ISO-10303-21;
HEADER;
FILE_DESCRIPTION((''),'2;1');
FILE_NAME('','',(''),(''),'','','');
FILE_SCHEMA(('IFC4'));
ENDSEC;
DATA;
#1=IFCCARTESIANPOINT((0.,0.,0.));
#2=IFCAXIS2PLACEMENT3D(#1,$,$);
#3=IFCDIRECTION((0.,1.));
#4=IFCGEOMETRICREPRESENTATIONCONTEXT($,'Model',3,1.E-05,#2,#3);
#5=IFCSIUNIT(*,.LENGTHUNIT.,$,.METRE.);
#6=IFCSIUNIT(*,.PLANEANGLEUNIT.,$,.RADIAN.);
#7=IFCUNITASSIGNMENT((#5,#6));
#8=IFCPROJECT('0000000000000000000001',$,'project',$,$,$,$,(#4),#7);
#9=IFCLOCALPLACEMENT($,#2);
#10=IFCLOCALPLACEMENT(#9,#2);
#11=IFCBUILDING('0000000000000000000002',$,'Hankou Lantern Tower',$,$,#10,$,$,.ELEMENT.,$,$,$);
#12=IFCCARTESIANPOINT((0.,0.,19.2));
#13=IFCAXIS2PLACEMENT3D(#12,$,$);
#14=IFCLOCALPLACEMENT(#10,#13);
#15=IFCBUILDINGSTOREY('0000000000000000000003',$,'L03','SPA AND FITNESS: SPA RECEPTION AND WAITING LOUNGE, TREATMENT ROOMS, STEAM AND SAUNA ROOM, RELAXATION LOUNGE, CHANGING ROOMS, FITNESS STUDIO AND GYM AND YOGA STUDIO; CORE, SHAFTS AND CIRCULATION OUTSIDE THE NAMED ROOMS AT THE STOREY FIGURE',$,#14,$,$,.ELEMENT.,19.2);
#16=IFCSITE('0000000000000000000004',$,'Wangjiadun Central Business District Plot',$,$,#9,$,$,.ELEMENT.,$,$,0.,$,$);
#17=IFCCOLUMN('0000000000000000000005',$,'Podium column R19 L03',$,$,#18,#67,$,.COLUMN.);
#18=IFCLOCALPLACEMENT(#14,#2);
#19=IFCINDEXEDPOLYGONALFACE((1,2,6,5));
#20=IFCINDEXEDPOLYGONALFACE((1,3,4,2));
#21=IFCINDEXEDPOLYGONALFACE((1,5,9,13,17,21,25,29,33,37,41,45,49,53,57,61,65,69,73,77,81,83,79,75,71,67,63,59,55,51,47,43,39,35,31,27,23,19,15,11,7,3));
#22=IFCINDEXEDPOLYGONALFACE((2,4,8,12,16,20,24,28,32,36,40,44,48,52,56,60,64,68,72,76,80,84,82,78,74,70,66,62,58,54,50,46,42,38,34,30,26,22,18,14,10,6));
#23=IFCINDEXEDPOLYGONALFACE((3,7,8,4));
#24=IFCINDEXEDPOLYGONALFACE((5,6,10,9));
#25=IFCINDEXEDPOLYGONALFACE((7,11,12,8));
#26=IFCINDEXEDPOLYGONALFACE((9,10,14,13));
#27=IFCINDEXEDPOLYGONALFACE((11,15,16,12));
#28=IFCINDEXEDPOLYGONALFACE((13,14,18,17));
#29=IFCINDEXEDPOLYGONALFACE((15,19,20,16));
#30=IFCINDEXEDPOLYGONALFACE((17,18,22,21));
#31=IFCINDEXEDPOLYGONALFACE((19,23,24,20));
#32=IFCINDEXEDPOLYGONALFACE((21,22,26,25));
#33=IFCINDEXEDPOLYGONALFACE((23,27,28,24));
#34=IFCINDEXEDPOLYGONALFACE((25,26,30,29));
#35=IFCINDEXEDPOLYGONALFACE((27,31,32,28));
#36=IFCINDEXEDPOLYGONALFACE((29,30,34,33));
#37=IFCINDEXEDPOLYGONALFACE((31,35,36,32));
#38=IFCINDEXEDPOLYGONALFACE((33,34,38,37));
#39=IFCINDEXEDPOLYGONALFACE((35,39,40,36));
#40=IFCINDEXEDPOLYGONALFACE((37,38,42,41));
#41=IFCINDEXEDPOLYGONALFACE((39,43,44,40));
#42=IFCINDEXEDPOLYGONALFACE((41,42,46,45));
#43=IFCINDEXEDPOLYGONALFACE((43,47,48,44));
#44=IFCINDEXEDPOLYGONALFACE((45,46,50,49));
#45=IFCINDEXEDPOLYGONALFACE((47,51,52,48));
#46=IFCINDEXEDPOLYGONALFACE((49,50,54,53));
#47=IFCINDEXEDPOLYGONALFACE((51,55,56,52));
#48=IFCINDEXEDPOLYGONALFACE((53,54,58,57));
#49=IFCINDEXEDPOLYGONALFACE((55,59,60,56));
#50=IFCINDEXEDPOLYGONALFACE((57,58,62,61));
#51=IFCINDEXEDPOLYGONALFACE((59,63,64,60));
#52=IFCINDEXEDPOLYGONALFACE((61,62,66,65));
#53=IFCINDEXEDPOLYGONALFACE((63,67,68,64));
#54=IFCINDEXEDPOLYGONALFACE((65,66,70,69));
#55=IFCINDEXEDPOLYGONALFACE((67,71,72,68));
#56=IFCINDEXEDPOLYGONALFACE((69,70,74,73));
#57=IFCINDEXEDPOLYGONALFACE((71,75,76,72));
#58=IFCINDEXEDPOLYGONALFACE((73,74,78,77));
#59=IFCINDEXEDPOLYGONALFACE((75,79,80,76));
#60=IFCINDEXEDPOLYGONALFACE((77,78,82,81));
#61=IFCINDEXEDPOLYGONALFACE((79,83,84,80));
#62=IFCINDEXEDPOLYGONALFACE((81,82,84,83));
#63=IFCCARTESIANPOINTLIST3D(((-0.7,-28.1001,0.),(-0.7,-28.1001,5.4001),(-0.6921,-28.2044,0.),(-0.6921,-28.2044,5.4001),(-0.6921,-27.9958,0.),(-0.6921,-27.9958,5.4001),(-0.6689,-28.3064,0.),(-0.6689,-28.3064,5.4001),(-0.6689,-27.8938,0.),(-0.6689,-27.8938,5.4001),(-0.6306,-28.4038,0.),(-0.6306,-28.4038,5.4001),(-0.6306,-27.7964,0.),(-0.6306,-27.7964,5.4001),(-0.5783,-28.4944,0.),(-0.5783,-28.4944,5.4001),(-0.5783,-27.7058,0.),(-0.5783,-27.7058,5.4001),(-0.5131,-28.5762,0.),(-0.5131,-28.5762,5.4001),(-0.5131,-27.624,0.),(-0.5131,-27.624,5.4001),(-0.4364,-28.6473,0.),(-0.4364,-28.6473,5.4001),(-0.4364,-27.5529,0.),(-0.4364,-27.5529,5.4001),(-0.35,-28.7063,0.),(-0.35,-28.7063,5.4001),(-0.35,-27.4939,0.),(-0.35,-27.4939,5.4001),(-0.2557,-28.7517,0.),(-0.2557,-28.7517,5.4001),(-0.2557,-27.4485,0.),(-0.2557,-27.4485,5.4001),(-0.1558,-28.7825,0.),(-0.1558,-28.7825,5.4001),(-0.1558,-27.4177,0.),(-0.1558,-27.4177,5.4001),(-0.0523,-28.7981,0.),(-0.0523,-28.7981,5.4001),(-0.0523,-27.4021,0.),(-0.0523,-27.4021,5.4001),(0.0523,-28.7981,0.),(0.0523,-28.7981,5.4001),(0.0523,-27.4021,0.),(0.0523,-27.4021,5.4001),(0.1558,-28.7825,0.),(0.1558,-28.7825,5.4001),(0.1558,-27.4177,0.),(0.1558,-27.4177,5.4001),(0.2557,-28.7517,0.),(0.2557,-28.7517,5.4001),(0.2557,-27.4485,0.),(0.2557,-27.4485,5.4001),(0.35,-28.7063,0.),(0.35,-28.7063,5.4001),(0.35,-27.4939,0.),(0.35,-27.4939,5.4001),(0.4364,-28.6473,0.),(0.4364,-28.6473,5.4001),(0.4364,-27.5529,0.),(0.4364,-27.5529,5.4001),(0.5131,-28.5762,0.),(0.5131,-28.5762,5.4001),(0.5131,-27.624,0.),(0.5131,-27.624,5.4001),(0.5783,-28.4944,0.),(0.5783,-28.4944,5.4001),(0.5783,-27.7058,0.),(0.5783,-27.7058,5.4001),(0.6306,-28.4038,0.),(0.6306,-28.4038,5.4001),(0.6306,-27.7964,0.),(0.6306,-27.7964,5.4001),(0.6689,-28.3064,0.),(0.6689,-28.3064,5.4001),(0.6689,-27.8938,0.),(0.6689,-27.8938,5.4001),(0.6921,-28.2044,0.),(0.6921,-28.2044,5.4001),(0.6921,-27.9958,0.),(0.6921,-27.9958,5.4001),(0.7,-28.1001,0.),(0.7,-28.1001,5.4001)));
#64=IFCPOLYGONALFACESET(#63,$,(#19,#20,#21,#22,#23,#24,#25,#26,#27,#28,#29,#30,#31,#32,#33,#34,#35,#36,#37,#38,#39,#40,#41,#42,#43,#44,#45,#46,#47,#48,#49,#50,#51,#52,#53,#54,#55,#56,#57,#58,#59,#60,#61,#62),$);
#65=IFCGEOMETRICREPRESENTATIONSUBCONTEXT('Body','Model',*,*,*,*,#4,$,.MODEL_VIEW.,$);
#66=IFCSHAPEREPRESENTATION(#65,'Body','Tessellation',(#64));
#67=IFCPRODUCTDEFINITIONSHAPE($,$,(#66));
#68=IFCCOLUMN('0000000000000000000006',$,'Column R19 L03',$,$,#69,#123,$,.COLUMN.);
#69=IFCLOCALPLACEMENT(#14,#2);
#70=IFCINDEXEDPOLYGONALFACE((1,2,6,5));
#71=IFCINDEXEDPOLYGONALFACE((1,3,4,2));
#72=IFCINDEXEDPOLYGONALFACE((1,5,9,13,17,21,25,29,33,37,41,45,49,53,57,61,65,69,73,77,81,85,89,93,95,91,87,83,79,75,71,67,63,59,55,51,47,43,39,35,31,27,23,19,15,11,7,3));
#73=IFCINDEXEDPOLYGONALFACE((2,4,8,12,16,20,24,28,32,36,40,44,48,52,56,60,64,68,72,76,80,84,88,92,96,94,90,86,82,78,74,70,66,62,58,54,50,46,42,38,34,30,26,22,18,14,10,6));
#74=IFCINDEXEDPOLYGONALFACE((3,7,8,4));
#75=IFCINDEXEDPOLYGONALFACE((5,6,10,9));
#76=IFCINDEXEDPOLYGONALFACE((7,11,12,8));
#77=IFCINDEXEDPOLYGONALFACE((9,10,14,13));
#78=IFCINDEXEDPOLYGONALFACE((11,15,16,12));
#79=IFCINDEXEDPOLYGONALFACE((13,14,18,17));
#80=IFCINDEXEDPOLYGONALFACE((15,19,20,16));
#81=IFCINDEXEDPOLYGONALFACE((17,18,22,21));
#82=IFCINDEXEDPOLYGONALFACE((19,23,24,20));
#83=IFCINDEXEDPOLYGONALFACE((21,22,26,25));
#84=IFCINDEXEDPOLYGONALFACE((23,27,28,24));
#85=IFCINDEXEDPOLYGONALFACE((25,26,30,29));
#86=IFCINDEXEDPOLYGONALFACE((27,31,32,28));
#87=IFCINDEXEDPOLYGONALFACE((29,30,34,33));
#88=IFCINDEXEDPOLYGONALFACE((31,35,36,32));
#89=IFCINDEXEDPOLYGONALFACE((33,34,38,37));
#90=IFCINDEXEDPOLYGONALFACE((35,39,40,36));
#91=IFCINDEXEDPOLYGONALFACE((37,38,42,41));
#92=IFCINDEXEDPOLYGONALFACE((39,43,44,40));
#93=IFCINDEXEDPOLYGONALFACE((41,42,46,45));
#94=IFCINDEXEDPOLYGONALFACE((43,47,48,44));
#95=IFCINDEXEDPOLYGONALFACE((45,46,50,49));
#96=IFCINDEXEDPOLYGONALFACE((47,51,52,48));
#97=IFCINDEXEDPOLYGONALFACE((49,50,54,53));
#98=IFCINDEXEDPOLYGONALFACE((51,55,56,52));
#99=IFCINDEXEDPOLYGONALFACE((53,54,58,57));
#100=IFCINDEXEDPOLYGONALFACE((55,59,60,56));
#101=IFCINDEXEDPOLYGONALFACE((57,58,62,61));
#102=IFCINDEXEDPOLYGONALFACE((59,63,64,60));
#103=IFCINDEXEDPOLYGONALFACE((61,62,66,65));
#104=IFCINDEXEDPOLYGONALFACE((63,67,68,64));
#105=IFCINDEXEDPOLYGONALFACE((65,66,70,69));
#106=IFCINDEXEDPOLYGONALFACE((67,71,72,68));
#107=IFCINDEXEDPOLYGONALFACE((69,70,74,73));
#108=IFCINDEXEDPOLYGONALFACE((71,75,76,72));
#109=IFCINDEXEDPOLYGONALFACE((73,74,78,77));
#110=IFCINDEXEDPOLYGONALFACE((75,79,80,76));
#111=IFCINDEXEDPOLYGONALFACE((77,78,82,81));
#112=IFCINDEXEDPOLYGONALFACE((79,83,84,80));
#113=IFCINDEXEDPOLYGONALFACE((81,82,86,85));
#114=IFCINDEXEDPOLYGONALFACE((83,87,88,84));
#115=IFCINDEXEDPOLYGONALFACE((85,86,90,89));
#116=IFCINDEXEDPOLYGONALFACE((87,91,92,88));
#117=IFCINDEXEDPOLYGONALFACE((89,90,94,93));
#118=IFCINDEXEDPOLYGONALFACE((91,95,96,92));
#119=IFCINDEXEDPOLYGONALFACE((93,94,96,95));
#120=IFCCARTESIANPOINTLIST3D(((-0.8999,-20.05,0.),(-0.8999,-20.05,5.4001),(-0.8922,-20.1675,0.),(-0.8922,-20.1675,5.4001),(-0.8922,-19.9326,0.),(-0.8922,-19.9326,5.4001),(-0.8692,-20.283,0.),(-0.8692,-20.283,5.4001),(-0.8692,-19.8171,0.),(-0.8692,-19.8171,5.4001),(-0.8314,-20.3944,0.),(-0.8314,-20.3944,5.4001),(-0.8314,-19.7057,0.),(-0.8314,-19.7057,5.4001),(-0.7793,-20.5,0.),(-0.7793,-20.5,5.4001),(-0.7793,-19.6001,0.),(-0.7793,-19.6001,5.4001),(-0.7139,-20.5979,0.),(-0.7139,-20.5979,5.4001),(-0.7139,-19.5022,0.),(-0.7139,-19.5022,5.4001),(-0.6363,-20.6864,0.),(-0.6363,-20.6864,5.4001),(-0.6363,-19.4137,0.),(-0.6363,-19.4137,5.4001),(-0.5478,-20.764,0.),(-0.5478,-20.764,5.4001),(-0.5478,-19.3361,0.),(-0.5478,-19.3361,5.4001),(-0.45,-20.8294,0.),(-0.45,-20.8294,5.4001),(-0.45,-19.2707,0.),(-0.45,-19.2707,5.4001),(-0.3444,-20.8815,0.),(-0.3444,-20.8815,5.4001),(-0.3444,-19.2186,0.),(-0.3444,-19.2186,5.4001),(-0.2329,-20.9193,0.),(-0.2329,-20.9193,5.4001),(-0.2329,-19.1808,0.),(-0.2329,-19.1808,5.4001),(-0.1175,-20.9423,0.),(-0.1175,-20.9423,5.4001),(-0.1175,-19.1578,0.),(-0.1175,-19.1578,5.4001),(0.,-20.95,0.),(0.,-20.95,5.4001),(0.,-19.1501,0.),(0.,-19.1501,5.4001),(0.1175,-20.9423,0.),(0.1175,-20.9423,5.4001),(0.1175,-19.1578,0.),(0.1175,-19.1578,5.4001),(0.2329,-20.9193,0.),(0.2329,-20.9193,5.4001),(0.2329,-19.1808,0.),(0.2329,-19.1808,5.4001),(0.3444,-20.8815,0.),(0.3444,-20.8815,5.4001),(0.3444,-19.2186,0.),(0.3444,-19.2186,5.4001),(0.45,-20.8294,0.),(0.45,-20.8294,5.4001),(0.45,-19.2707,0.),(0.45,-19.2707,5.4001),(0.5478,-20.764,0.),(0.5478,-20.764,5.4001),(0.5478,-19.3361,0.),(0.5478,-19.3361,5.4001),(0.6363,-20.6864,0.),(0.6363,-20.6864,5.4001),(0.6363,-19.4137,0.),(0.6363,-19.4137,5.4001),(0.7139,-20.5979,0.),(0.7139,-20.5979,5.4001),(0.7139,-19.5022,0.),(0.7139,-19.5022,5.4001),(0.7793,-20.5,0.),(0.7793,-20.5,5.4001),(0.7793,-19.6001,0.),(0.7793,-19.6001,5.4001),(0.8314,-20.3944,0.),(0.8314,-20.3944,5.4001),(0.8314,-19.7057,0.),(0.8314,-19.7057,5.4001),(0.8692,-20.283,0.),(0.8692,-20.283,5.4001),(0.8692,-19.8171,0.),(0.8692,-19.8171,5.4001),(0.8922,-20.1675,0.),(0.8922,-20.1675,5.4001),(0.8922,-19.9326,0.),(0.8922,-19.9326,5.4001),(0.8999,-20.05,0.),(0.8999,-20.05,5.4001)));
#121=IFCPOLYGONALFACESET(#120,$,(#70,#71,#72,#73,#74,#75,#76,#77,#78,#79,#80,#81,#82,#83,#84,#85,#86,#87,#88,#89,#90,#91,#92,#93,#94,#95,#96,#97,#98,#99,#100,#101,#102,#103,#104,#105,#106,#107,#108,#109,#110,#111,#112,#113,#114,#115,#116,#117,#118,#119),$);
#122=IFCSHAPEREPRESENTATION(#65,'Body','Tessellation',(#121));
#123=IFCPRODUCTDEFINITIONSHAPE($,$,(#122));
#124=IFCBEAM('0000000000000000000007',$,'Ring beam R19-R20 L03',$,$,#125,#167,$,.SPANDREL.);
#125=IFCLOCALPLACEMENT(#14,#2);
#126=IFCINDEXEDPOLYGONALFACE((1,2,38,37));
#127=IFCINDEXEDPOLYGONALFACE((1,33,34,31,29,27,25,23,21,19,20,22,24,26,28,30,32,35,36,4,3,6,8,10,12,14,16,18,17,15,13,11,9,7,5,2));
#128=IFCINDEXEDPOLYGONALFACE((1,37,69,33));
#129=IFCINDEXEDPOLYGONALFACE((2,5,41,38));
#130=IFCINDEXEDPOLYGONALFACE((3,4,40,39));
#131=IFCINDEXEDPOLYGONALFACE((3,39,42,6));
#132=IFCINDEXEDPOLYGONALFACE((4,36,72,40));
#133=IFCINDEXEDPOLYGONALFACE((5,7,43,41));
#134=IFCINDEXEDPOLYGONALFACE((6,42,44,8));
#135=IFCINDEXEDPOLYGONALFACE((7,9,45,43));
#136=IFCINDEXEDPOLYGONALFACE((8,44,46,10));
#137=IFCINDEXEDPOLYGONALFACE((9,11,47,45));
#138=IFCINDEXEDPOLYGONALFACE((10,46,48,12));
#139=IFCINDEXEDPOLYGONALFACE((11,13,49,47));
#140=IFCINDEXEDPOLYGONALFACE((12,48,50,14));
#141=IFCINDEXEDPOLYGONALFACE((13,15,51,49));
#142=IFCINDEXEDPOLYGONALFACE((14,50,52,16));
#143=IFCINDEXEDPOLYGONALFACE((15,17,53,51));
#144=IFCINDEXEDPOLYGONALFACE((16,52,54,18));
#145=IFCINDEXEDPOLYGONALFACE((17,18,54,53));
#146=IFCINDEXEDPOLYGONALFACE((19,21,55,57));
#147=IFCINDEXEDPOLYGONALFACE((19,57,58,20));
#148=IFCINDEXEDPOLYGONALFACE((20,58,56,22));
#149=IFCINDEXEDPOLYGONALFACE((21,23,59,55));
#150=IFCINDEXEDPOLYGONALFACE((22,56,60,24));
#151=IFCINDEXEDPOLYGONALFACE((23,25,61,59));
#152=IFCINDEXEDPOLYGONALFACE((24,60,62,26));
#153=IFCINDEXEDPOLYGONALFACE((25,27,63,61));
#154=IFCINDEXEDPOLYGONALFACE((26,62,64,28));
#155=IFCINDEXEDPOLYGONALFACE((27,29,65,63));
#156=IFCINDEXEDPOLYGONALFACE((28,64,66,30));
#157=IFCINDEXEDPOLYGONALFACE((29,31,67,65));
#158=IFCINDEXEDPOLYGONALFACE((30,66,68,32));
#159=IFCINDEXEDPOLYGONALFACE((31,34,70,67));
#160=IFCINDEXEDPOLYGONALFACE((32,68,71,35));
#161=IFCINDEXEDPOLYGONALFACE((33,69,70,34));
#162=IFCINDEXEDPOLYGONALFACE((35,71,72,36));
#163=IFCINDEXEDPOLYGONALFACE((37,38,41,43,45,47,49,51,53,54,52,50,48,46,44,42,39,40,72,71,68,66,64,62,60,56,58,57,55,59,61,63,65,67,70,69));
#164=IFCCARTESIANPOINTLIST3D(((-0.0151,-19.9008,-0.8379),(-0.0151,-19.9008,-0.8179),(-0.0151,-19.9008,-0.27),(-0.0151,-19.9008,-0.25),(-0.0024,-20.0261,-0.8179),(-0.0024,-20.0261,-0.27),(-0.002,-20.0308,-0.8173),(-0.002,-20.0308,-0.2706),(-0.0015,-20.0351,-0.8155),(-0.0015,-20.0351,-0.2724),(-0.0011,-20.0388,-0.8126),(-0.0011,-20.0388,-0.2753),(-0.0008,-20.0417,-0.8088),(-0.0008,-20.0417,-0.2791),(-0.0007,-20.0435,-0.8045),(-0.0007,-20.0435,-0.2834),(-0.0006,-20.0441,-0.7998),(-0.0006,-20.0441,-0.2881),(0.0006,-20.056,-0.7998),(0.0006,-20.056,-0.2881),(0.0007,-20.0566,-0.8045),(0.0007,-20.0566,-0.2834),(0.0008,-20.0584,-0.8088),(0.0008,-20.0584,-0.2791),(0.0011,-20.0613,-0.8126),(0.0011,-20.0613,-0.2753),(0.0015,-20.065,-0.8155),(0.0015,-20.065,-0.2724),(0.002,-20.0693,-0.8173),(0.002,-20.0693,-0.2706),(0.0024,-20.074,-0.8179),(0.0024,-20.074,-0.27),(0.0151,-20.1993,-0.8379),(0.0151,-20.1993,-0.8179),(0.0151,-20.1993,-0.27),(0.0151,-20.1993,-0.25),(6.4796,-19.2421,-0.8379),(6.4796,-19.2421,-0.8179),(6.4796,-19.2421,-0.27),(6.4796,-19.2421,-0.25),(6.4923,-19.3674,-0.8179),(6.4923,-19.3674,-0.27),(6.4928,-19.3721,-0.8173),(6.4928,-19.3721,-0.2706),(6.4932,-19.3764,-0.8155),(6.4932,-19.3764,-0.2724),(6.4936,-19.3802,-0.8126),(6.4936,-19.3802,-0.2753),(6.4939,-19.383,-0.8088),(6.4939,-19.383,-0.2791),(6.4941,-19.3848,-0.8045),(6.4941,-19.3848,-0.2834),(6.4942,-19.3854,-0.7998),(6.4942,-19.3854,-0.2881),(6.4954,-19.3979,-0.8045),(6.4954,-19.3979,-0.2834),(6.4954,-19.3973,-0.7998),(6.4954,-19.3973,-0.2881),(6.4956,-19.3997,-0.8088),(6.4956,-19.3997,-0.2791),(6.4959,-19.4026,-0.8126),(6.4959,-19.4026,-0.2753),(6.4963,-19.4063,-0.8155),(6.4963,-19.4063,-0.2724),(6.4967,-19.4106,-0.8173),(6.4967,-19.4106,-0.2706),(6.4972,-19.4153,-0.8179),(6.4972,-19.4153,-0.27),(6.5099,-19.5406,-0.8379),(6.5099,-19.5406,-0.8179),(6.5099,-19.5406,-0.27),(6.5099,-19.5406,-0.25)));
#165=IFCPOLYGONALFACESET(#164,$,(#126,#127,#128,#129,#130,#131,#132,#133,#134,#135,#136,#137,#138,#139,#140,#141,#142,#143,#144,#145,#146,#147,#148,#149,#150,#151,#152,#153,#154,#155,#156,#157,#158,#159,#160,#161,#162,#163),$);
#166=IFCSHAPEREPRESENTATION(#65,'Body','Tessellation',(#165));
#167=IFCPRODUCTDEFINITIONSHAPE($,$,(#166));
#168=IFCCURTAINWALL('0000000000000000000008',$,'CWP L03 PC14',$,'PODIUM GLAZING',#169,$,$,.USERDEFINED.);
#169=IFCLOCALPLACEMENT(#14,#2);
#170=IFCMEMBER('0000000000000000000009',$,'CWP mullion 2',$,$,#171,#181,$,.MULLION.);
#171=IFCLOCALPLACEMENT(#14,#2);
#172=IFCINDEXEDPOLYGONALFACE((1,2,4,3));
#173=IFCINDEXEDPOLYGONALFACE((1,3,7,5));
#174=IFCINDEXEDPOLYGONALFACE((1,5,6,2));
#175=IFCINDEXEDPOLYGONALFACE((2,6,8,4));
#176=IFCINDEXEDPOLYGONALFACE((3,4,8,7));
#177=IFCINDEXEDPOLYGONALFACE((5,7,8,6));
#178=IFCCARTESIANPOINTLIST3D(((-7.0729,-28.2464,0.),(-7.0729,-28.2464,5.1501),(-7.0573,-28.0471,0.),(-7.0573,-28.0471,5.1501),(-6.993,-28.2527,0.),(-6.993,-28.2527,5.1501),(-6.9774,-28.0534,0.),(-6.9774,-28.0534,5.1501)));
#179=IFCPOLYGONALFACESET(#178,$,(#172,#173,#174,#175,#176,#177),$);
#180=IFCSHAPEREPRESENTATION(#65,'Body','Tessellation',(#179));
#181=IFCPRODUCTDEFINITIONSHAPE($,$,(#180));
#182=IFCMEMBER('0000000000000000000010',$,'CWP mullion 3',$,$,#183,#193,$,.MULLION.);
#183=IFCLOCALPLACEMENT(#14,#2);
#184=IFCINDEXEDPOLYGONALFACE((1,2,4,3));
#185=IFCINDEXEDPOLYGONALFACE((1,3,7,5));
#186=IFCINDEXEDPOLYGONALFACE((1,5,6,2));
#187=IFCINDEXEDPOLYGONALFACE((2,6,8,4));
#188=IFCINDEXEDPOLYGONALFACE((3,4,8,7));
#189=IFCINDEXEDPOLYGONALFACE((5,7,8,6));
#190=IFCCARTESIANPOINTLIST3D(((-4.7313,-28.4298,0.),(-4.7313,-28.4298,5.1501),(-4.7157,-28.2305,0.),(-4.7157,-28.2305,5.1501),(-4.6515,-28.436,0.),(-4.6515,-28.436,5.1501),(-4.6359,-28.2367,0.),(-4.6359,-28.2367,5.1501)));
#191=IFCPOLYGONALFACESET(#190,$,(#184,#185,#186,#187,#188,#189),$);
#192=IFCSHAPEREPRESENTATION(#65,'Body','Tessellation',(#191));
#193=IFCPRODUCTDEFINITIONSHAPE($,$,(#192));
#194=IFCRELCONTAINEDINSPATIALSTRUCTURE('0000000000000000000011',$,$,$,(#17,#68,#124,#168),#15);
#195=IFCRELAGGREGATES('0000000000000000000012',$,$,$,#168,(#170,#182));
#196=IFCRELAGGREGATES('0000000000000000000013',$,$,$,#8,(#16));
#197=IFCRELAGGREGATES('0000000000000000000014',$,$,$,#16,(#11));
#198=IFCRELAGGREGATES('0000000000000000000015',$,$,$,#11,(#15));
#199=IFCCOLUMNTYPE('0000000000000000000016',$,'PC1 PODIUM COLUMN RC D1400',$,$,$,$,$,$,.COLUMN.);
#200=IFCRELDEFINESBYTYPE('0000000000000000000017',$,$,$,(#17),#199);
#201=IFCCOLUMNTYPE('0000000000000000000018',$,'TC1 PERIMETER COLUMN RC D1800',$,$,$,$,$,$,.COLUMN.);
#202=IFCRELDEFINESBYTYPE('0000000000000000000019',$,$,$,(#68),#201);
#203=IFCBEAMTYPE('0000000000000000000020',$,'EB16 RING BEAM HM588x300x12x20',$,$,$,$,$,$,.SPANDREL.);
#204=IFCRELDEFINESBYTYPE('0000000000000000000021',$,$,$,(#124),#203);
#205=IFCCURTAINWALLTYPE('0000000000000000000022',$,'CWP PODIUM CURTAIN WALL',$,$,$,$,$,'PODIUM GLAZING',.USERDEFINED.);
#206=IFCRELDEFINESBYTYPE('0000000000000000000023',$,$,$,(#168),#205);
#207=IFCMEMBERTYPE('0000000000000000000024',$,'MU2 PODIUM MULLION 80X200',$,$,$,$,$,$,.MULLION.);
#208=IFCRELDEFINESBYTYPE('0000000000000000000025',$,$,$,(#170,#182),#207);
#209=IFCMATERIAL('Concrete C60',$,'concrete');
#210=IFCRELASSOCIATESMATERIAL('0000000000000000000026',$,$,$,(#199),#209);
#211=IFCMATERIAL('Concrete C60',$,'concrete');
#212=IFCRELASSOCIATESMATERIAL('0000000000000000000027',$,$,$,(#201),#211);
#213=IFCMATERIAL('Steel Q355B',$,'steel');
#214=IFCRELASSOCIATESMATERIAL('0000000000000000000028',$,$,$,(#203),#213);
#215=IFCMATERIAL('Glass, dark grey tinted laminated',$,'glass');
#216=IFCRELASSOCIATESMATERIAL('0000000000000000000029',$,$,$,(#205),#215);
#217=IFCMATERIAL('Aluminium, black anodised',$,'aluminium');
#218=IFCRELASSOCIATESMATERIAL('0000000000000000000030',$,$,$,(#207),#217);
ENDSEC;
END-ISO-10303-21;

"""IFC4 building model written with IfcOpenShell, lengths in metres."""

from ifc_helpers import new_model, si_unit, direction, frame, origin, origin_2d, place, context, subcontext, project, spatial, rectangle, circle, i_section, extrude, material, material_profile, profile_set, type_object, element, aggregate, save


model = new_model("IFC4")

# Units and contexts
model_context = context("Model", 3, precision=1e-05, world=origin(), true_north=direction((0.0, 1.0)))
body_context = subcontext(model_context, "Body", "Model", "MODEL_VIEW")
ifc_project = project(units=[si_unit("LENGTHUNIT", "METRE"), si_unit("PLANEANGLEUNIT", "RADIAN")], contexts=[model_context])

# Site, building, storey
site_placement = place(None, origin())
site = spatial("IfcSite", under=ifc_project, at=site_placement, Name="Wangjiadun Central Business District Plot", CompositionType="ELEMENT", RefElevation=0.0)
building_placement = place(site_placement, origin())
building = spatial("IfcBuilding", under=site, at=building_placement, Name="Hankou Lantern Tower", CompositionType="ELEMENT")
storey_placement = place(building_placement, frame((0.0, 0.0, 19.2)))
storey = spatial("IfcBuildingStorey", under=building, at=storey_placement, Name="L03", Description="SPA AND FITNESS: SPA RECEPTION AND WAITING LOUNGE, TREATMENT ROOMS, STEAM AND SAUNA ROOM, RELAXATION LOUNGE, CHANGING ROOMS, FITNESS STUDIO AND GYM AND YOGA STUDIO; CORE, SHAFTS AND CIRCULATION OUTSIDE THE NAMED ROOMS AT THE STOREY FIGURE", CompositionType="ELEMENT", Elevation=19.2)

# Columns
ifc_material_1 = material(Name="Concrete C60", Category="concrete")
ifc_material_profile_1 = material_profile(ifc_material_1, circle(Radius=0.7, at=origin_2d()), Name="RC D1400")
ifc_profile_set_1 = profile_set([ifc_material_profile_1], Name="Concrete C60")
column_type_1 = type_object("IfcColumnType", Name="PC1 PODIUM COLUMN RC D1400", PredefinedType="COLUMN", material=ifc_profile_set_1)
column_1_placement = place(storey_placement, frame((0.0, -28.1001, 0.0), z_axis=(0.0, 0.0, 1.0), x_axis=(1.0, 0.0, 0.0)))
element("IfcColumn", 1, at=column_1_placement, inside=storey, type_object=column_type_1, Name="Podium column R19 L03", PredefinedType="COLUMN", context=body_context, shape_type="SweptSolid", body=[
    extrude(circle(Radius=0.7, at=origin_2d()), origin(), (0.0, 0.0, 1.0), 5.4001),
])
ifc_material_2 = material(Name="Concrete C60", Category="concrete")
ifc_material_profile_2 = material_profile(ifc_material_2, circle(Radius=0.8999, at=origin_2d()), Name="RC D1800")
ifc_profile_set_2 = profile_set([ifc_material_profile_2], Name="Concrete C60")
column_type_2 = type_object("IfcColumnType", Name="TC1 PERIMETER COLUMN RC D1800", PredefinedType="COLUMN", material=ifc_profile_set_2)
column_2_placement = place(storey_placement, frame((0.0, -20.05, 0.0), z_axis=(0.0, 0.0, 1.0), x_axis=(1.0, 0.0, 0.0)))
element("IfcColumn", 2, at=column_2_placement, inside=storey, type_object=column_type_2, Name="Column R19 L03", PredefinedType="COLUMN", context=body_context, shape_type="SweptSolid", body=[
    extrude(circle(Radius=0.8999, at=origin_2d()), origin(), (0.0, 0.0, 1.0), 5.4001),
])

# Beam
ifc_material_3 = material(Name="Steel Q355B", Category="steel")
ifc_material_profile_3 = material_profile(ifc_material_3, i_section(OverallWidth=0.3, OverallDepth=0.5879, WebThickness=0.012, FlangeThickness=0.02, FilletRadius=0.0181, at=origin_2d()), Name="HM588x300x12x20")
ifc_profile_set_3 = profile_set([ifc_material_profile_3], Name="Steel Q355B")
beam_type_1 = type_object("IfcBeamType", Name="EB16 RING BEAM HM588x300x12x20", PredefinedType="SPANDREL", material=ifc_profile_set_3)
beam_1_placement = place(storey_placement, frame((0.0, -20.05, -0.5439), z_axis=(0.994897, 0.1009, 0.0), x_axis=(-0.1009, 0.994897, 0.0)))
element("IfcBeam", 3, at=beam_1_placement, inside=storey, type_object=beam_type_1, Name="Ring beam R19-R20 L03", PredefinedType="SPANDREL", context=body_context, shape_type="SweptSolid", body=[
    extrude(i_section(OverallWidth=0.3, OverallDepth=0.5879, WebThickness=0.012, FlangeThickness=0.02, FilletRadius=0.0181, at=origin_2d()), origin(), (0.0, 0.0, 1.0), 6.5281),
])

# Curtain wall, members
ifc_material_4 = material(Name="Glass, dark grey tinted laminated", Category="glass")
curtain_wall_type = type_object("IfcCurtainWallType", Name="CWP PODIUM CURTAIN WALL", ElementType="PODIUM GLAZING", PredefinedType="USERDEFINED", material=ifc_material_4)
curtain_wall_placement = place(storey_placement, origin())
curtain_wall = element("IfcCurtainWall", 4, at=curtain_wall_placement, inside=storey, type_object=curtain_wall_type, Name="CWP L03 PC14", ObjectType="PODIUM GLAZING", PredefinedType="USERDEFINED")
ifc_material_5 = material(Name="Aluminium, black anodised", Category="aluminium")
ifc_material_profile_4 = material_profile(ifc_material_5, rectangle(XDim=0.0801, YDim=0.2, at=origin_2d()), Name="MU2 80X200")
ifc_profile_set_4 = profile_set([ifc_material_profile_4], Name="Aluminium, black anodised")
member_type_1 = type_object("IfcMemberType", Name="MU2 PODIUM MULLION 80X200", PredefinedType="MULLION", material=ifc_profile_set_4)
member_1_placement = place(storey_placement, frame((-7.0251, -28.1499, 0.0), z_axis=(0.0, 0.0, 1.0), x_axis=(0.996949, -0.078062, 0.0)))
member_1 = element("IfcMember", 5, at=member_1_placement, type_object=member_type_1, Name="CWP mullion 2", PredefinedType="MULLION", context=body_context, shape_type="SweptSolid", body=[
    extrude(rectangle(XDim=0.0801, YDim=0.2, at=origin_2d()), origin(), (0.0, 0.0, 1.0), 5.1501),
])
member_2_placement = place(storey_placement, frame((-4.6836, -28.3333, 0.0), z_axis=(0.0, 0.0, 1.0), x_axis=(0.996949, -0.078062, 0.0)))
member_2 = element("IfcMember", 6, at=member_2_placement, type_object=member_type_1, Name="CWP mullion 3", PredefinedType="MULLION", context=body_context, shape_type="SweptSolid", body=[
    extrude(rectangle(XDim=0.0801, YDim=0.2, at=origin_2d()), origin(), (0.0, 0.0, 1.0), 5.1501),
])

aggregate(curtain_wall, [member_1, member_2])

save(model, "model.ifc")
